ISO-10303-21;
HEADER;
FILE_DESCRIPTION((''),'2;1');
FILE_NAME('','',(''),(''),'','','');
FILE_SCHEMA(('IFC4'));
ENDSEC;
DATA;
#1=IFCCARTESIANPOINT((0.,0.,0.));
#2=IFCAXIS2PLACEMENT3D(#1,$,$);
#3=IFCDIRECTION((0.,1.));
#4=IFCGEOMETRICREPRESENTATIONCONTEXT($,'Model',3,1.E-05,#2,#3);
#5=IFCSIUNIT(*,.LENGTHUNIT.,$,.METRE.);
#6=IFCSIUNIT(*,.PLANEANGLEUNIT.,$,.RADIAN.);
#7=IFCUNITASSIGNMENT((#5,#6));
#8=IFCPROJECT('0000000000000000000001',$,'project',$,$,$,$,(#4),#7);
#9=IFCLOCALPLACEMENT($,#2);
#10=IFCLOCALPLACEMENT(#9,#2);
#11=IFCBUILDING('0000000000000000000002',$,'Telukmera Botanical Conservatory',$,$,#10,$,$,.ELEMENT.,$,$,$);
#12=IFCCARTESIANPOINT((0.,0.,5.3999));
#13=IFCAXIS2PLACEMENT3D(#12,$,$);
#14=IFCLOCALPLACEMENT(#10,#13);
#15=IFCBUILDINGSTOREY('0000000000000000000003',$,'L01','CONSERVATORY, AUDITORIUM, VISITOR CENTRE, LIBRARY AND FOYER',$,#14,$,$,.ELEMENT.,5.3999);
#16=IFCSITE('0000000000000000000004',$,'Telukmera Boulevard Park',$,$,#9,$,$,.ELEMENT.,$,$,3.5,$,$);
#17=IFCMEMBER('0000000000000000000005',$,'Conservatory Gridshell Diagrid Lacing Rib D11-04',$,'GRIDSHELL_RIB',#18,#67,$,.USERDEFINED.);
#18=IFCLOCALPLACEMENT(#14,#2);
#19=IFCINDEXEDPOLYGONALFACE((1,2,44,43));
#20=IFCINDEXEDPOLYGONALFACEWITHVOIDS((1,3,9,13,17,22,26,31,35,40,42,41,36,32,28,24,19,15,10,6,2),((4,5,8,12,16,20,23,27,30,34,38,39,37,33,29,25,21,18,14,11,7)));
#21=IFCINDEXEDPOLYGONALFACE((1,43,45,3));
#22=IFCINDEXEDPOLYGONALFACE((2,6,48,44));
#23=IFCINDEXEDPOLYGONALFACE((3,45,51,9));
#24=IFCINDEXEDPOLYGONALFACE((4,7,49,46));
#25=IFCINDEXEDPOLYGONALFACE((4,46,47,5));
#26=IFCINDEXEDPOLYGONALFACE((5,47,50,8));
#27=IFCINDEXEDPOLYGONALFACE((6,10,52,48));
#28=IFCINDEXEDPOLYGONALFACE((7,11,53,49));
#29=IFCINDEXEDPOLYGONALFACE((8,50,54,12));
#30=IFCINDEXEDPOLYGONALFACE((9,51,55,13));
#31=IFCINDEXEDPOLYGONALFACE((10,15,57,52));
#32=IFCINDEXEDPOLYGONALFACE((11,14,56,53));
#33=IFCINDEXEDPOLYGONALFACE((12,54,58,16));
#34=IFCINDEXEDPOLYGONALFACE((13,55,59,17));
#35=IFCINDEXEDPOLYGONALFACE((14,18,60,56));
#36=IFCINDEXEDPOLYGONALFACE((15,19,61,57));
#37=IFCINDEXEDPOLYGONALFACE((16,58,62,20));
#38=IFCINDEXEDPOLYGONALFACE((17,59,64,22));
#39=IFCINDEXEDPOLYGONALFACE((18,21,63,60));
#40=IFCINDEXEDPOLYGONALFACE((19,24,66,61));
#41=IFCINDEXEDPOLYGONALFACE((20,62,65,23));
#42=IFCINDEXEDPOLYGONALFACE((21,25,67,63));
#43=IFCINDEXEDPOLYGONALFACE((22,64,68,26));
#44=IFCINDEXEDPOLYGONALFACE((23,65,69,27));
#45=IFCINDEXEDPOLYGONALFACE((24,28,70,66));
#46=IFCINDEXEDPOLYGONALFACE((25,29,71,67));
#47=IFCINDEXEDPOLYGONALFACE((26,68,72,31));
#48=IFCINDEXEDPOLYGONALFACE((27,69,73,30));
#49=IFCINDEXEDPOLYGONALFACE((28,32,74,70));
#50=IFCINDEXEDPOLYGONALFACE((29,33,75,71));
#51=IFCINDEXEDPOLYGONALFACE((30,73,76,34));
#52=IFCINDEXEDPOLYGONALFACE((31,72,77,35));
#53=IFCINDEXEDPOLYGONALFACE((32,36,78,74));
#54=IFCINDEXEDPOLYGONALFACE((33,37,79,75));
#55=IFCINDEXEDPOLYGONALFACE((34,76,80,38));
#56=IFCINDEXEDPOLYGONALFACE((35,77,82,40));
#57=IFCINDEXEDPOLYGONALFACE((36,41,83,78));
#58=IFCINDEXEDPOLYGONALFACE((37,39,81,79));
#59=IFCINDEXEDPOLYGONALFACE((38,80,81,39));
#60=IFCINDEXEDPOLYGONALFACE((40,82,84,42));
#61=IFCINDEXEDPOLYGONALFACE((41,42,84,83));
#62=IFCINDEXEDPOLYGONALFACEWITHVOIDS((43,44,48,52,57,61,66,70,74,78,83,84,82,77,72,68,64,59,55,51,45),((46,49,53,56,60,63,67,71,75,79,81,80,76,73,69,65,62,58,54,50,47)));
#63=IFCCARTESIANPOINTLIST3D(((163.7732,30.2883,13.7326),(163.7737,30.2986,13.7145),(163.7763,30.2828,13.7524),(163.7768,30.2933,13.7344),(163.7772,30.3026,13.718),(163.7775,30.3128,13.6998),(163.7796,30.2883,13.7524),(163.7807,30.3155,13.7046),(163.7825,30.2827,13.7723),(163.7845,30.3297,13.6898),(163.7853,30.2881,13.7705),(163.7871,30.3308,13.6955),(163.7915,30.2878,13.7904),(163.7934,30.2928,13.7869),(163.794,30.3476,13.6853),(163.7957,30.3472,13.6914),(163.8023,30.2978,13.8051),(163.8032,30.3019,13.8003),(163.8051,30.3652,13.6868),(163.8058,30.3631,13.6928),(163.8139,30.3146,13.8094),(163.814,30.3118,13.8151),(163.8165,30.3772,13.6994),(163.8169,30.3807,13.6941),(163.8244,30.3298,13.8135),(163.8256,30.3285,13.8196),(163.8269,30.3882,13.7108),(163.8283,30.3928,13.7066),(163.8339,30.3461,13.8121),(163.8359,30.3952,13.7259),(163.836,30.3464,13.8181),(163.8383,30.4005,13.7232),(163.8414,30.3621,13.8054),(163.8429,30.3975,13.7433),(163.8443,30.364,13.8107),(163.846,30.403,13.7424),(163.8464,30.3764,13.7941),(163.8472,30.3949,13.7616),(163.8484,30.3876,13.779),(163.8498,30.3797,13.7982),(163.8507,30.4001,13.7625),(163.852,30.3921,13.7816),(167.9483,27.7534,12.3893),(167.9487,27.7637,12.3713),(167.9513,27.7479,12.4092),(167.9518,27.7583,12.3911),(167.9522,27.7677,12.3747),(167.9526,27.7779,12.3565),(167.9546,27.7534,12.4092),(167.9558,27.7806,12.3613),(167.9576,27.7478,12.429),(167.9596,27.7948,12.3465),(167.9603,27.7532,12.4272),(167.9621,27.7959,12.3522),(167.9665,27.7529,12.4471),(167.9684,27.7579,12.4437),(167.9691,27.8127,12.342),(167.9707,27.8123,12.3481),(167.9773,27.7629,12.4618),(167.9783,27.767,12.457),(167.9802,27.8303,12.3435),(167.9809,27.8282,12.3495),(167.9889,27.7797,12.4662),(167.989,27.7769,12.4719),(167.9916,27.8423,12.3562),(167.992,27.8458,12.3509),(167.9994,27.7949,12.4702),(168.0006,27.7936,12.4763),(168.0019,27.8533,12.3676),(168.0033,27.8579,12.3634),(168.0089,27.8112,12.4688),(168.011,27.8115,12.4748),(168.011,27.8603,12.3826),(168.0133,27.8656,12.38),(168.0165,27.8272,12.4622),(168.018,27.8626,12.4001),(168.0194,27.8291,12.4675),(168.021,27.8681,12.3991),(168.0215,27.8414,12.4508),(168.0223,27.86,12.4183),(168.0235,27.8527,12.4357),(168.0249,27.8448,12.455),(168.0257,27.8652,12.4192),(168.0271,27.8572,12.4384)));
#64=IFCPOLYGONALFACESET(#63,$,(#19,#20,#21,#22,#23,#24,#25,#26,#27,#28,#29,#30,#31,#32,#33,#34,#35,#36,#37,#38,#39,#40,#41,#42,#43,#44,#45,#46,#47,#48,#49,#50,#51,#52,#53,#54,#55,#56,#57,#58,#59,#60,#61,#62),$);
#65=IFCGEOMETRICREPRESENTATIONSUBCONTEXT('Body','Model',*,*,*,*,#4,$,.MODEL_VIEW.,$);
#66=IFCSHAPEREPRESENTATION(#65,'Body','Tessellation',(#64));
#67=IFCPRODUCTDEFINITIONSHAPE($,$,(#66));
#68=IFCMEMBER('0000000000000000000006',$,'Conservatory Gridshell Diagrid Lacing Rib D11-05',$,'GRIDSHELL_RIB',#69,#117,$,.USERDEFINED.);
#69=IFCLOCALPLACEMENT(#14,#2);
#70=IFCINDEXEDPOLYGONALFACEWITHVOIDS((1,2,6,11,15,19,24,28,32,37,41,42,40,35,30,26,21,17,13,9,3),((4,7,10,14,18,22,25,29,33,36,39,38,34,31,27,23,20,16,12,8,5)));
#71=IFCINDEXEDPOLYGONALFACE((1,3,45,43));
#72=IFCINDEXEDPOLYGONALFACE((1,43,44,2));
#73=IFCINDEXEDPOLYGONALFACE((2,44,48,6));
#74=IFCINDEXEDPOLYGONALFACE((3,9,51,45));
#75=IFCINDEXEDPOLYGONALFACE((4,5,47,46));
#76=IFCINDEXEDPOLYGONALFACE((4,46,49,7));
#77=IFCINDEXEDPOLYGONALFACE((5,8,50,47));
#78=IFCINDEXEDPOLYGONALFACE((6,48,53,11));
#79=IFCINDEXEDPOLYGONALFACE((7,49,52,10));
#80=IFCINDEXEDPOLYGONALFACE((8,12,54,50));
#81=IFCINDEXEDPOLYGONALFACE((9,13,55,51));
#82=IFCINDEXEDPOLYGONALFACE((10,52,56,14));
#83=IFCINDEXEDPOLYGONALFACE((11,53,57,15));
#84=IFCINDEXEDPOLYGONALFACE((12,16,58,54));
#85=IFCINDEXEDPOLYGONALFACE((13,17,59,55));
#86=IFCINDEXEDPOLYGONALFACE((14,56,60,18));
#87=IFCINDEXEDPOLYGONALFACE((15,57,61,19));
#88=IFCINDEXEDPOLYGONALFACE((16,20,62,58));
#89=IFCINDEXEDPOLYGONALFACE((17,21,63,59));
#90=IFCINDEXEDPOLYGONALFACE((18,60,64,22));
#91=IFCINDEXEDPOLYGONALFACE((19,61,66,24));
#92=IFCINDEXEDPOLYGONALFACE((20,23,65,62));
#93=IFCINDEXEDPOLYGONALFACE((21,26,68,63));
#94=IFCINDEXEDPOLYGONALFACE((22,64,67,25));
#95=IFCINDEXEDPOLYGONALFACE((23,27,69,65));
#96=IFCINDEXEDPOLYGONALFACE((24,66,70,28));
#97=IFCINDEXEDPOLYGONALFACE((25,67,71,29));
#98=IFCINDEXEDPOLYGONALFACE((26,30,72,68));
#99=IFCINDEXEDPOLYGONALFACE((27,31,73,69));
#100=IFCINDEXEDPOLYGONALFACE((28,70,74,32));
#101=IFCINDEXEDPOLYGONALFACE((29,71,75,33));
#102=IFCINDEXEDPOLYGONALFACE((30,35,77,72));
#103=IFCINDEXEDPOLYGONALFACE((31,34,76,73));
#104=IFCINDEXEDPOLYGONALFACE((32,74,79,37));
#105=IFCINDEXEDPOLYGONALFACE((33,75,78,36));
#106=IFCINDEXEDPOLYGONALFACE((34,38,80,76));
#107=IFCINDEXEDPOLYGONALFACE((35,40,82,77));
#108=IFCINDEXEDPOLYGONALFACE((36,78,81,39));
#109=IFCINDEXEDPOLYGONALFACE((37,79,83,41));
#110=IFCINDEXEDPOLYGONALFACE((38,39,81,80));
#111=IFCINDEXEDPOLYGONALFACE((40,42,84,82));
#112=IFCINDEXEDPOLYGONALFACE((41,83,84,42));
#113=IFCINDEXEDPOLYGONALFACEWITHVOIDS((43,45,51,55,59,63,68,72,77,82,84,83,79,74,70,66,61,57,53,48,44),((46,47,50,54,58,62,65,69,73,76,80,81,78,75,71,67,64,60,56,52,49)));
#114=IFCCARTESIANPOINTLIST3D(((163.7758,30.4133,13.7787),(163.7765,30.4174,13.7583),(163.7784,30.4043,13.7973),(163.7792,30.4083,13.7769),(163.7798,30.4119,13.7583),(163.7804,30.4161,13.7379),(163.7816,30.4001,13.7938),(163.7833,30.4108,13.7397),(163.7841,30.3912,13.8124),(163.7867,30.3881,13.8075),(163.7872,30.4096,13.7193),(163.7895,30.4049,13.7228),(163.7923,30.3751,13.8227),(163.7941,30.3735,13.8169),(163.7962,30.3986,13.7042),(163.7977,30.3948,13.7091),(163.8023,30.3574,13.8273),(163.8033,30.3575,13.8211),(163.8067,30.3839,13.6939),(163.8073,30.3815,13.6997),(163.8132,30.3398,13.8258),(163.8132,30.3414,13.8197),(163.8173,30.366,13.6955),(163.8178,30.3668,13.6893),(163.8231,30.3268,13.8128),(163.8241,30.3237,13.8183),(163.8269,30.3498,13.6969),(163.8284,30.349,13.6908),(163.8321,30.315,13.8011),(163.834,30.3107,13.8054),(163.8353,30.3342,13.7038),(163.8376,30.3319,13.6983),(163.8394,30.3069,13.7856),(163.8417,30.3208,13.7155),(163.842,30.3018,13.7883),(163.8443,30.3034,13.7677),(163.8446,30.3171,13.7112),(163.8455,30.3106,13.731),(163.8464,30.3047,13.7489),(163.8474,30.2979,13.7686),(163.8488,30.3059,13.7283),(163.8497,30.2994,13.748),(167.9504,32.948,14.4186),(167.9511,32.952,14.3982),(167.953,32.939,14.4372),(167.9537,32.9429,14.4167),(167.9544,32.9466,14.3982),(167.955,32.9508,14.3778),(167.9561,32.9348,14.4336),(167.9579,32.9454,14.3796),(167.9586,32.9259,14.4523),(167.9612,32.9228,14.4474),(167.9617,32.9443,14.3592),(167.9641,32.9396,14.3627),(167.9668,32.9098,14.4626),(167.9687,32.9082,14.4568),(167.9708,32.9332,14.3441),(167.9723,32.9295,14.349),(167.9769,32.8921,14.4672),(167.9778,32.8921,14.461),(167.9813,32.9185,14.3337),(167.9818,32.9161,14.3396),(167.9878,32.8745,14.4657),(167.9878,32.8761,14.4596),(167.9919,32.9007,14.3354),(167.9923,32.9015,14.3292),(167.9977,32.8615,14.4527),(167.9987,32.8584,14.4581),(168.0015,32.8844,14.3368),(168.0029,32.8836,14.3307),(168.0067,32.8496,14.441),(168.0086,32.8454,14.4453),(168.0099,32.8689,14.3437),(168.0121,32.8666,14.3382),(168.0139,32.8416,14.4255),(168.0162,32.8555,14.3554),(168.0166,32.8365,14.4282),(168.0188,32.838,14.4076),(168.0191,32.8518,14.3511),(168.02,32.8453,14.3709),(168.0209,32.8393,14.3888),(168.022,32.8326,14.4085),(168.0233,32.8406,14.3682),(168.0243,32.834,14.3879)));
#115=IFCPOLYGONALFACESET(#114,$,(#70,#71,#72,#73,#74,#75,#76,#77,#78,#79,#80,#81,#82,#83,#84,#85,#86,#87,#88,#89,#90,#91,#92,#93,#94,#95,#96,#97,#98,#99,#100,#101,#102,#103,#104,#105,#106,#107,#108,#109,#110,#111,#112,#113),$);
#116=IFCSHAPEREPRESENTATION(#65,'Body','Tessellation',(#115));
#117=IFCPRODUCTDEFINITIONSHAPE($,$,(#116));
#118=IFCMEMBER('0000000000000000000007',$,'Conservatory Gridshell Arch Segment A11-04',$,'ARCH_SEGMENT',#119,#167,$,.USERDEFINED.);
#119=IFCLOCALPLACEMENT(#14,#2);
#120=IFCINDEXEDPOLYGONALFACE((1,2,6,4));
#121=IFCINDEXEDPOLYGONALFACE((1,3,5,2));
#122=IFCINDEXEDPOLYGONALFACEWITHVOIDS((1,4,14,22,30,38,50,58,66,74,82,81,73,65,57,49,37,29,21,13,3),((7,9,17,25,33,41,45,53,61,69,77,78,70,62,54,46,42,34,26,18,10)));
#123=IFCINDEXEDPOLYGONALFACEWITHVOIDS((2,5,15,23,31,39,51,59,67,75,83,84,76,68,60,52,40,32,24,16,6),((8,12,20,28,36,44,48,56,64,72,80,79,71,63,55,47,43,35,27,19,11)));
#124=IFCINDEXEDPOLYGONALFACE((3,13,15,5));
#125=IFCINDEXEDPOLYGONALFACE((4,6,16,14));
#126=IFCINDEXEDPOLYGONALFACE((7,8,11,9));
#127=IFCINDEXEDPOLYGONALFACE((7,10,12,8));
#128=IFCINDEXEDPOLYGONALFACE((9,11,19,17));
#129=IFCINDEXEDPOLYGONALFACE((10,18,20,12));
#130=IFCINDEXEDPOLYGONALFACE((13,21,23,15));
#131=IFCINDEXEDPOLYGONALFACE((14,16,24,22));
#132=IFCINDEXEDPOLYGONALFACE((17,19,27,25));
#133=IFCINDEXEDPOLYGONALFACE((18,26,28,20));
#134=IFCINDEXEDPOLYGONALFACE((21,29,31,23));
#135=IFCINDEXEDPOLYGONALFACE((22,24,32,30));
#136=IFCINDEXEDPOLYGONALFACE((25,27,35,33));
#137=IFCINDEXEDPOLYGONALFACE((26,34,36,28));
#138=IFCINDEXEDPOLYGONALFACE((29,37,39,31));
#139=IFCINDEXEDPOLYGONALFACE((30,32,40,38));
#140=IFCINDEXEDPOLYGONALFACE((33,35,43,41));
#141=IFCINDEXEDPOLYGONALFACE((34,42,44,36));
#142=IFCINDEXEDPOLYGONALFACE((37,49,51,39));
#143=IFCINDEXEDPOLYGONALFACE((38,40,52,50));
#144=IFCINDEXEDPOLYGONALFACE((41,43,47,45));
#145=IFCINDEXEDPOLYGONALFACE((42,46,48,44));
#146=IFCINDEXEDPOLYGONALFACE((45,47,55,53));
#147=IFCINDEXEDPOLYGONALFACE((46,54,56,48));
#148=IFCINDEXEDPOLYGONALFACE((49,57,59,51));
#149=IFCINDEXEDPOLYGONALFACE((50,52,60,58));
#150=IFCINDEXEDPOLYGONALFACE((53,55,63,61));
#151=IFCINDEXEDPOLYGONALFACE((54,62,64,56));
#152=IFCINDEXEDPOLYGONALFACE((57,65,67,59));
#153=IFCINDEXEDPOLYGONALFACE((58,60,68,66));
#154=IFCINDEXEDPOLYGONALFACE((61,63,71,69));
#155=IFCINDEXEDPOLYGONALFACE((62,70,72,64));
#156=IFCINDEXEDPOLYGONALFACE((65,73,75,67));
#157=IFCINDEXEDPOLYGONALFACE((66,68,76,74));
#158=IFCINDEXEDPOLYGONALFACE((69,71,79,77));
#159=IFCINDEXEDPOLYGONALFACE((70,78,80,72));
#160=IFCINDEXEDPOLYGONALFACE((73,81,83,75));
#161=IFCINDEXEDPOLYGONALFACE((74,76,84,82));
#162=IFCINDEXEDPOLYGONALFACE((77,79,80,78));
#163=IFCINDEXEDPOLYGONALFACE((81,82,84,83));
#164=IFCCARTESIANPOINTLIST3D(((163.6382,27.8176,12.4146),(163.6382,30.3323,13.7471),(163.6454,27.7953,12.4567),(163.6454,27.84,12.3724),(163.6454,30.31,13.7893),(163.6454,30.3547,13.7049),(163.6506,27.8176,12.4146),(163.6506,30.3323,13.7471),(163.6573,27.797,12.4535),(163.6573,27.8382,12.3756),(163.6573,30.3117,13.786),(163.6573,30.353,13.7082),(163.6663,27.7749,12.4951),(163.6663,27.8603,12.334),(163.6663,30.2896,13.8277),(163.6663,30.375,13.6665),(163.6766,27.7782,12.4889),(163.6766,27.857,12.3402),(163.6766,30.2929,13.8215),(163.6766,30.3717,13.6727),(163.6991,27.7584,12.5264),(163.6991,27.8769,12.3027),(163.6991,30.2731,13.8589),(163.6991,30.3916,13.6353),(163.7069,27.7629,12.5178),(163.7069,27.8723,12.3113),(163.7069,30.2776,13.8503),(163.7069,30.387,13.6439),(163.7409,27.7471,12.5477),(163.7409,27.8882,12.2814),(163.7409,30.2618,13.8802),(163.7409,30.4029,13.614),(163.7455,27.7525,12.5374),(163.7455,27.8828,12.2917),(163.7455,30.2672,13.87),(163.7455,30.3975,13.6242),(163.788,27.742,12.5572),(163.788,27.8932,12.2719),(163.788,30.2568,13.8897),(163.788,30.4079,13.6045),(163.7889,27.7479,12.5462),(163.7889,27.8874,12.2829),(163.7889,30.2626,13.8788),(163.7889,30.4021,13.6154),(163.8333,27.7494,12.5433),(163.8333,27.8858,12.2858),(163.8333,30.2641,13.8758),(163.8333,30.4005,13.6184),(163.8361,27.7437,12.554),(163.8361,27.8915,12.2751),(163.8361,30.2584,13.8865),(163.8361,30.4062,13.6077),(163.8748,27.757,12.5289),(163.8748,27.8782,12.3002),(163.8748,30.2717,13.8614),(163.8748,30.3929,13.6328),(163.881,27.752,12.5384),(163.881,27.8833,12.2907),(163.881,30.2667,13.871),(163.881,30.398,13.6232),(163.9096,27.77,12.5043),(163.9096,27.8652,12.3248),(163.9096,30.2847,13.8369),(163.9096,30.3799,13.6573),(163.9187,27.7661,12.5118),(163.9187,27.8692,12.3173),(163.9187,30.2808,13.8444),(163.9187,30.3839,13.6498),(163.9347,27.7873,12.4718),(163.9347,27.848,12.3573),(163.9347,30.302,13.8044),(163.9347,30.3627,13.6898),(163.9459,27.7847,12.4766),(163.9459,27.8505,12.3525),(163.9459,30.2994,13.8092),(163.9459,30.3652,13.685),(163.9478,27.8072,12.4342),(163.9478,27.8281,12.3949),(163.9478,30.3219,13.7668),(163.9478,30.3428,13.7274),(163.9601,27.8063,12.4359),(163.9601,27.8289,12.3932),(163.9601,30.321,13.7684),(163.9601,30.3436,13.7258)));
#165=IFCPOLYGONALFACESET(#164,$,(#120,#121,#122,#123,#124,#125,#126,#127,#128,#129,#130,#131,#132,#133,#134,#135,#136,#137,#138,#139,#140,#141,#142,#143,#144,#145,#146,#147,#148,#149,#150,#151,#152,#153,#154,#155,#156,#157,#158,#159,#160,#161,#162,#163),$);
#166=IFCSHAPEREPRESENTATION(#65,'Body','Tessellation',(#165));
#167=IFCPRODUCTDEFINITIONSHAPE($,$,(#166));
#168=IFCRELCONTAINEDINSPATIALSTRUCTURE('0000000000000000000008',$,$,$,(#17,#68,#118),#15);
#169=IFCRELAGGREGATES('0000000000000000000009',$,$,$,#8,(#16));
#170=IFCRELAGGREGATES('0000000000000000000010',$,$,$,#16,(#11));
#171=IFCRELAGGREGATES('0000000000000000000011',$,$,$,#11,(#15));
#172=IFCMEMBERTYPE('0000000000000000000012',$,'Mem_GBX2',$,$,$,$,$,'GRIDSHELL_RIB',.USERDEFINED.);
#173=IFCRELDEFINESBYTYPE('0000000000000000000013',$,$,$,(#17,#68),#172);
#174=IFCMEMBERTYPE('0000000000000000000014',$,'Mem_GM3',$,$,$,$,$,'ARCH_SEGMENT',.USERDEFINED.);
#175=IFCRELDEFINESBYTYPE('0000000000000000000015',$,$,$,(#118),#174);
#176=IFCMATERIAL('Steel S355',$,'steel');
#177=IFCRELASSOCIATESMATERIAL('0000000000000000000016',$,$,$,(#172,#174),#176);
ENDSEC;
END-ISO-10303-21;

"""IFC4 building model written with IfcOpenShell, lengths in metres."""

from ifc_helpers import new_model, si_unit, direction, frame, origin, origin_2d, place, context, subcontext, project, spatial, hollow_circle, extrude, material, material_profile, profile_set, type_object, element, save


model = new_model("IFC4")

# Units and contexts
model_context = context("Model", 3, precision=1e-05, world=origin(), true_north=direction((0.0, 1.0)))
body_context = subcontext(model_context, "Body", "Model", "MODEL_VIEW")
ifc_project = project(units=[si_unit("LENGTHUNIT", "METRE"), si_unit("PLANEANGLEUNIT", "RADIAN")], contexts=[model_context])

# Site, building, storey
site_placement = place(None, origin())
site = spatial("IfcSite", under=ifc_project, at=site_placement, Name="Telukmera Boulevard Park", CompositionType="ELEMENT", RefElevation=3.5)
building_placement = place(site_placement, origin())
building = spatial("IfcBuilding", under=site, at=building_placement, Name="Telukmera Botanical Conservatory", CompositionType="ELEMENT")
storey_placement = place(building_placement, frame((0.0, 0.0, 5.3999)))
storey = spatial("IfcBuildingStorey", under=building, at=storey_placement, Name="L01", Description="CONSERVATORY, AUDITORIUM, VISITOR CENTRE, LIBRARY AND FOYER", CompositionType="ELEMENT", Elevation=5.3999)

# Shared definitions
ifc_material = material(Name="Steel S355", Category="steel")

# Members
ifc_material_profile_1 = material_profile(ifc_material, hollow_circle(Radius=0.0698, WallThickness=0.0063, at=origin_2d()), Name="CHS 139.7x6.3")
ifc_profile_set_1 = profile_set([ifc_material_profile_1], Name="Steel S355")
member_type_1 = type_object("IfcMemberType", Name="Mem_GBX2", ElementType="GRIDSHELL_RIB", PredefinedType="USERDEFINED", material=ifc_profile_set_1)
member_1_placement = place(storey_placement, frame((167.9875, 27.8076, 12.4092), z_axis=(-0.824182, 0.500409, 0.265169), x_axis=(-0.518987, -0.854782, 0.0)))
element("IfcMember", 1, at=member_1_placement, inside=storey, type_object=member_type_1, Name="Conservatory Gridshell Diagrid Lacing Rib D11-04", ObjectType="GRIDSHELL_RIB", PredefinedType="USERDEFINED", context=body_context, shape_type="SweptSolid", body=[
    extrude(hollow_circle(Radius=0.0698, WallThickness=0.0063, at=origin_2d()), origin(), (0.0, 0.0, 1.0), 5.0657),
])
member_2_placement = place(storey_placement, frame((163.8127, 30.3577, 13.7583), z_axis=(0.847533, 0.514597, 0.129913), x_axis=(-0.518995, 0.854777, 0.0)))
element("IfcMember", 2, at=member_2_placement, inside=storey, type_object=member_type_1, Name="Conservatory Gridshell Diagrid Lacing Rib D11-05", ObjectType="GRIDSHELL_RIB", PredefinedType="USERDEFINED", context=body_context, shape_type="SweptSolid", body=[
    extrude(hollow_circle(Radius=0.0698, WallThickness=0.0063, at=origin_2d()), origin(), (0.0, 0.0, 1.0), 4.9255),
])
ifc_material_profile_2 = material_profile(ifc_material, hollow_circle(Radius=0.1619, WallThickness=0.0125, at=origin_2d()), Name="CHS 323.9x12.5")
ifc_profile_set_2 = profile_set([ifc_material_profile_2], Name="Steel S355")
member_type_2 = type_object("IfcMemberType", Name="Mem_GM3", ElementType="ARCH_SEGMENT", PredefinedType="USERDEFINED", material=ifc_profile_set_2)
member_3_placement = place(storey_placement, frame((163.8, 27.8176, 12.4146), z_axis=(0.0, 0.883608, 0.468227), x_axis=(-1.0, 0.0, 0.0)))
element("IfcMember", 3, at=member_3_placement, inside=storey, type_object=member_type_2, Name="Conservatory Gridshell Arch Segment A11-04", ObjectType="ARCH_SEGMENT", PredefinedType="USERDEFINED", context=body_context, shape_type="SweptSolid", body=[
    extrude(hollow_circle(Radius=0.1619, WallThickness=0.0125, at=origin_2d()), origin(), (0.0, 0.0, 1.0), 2.8459),
])

save(model, "model.ifc")
